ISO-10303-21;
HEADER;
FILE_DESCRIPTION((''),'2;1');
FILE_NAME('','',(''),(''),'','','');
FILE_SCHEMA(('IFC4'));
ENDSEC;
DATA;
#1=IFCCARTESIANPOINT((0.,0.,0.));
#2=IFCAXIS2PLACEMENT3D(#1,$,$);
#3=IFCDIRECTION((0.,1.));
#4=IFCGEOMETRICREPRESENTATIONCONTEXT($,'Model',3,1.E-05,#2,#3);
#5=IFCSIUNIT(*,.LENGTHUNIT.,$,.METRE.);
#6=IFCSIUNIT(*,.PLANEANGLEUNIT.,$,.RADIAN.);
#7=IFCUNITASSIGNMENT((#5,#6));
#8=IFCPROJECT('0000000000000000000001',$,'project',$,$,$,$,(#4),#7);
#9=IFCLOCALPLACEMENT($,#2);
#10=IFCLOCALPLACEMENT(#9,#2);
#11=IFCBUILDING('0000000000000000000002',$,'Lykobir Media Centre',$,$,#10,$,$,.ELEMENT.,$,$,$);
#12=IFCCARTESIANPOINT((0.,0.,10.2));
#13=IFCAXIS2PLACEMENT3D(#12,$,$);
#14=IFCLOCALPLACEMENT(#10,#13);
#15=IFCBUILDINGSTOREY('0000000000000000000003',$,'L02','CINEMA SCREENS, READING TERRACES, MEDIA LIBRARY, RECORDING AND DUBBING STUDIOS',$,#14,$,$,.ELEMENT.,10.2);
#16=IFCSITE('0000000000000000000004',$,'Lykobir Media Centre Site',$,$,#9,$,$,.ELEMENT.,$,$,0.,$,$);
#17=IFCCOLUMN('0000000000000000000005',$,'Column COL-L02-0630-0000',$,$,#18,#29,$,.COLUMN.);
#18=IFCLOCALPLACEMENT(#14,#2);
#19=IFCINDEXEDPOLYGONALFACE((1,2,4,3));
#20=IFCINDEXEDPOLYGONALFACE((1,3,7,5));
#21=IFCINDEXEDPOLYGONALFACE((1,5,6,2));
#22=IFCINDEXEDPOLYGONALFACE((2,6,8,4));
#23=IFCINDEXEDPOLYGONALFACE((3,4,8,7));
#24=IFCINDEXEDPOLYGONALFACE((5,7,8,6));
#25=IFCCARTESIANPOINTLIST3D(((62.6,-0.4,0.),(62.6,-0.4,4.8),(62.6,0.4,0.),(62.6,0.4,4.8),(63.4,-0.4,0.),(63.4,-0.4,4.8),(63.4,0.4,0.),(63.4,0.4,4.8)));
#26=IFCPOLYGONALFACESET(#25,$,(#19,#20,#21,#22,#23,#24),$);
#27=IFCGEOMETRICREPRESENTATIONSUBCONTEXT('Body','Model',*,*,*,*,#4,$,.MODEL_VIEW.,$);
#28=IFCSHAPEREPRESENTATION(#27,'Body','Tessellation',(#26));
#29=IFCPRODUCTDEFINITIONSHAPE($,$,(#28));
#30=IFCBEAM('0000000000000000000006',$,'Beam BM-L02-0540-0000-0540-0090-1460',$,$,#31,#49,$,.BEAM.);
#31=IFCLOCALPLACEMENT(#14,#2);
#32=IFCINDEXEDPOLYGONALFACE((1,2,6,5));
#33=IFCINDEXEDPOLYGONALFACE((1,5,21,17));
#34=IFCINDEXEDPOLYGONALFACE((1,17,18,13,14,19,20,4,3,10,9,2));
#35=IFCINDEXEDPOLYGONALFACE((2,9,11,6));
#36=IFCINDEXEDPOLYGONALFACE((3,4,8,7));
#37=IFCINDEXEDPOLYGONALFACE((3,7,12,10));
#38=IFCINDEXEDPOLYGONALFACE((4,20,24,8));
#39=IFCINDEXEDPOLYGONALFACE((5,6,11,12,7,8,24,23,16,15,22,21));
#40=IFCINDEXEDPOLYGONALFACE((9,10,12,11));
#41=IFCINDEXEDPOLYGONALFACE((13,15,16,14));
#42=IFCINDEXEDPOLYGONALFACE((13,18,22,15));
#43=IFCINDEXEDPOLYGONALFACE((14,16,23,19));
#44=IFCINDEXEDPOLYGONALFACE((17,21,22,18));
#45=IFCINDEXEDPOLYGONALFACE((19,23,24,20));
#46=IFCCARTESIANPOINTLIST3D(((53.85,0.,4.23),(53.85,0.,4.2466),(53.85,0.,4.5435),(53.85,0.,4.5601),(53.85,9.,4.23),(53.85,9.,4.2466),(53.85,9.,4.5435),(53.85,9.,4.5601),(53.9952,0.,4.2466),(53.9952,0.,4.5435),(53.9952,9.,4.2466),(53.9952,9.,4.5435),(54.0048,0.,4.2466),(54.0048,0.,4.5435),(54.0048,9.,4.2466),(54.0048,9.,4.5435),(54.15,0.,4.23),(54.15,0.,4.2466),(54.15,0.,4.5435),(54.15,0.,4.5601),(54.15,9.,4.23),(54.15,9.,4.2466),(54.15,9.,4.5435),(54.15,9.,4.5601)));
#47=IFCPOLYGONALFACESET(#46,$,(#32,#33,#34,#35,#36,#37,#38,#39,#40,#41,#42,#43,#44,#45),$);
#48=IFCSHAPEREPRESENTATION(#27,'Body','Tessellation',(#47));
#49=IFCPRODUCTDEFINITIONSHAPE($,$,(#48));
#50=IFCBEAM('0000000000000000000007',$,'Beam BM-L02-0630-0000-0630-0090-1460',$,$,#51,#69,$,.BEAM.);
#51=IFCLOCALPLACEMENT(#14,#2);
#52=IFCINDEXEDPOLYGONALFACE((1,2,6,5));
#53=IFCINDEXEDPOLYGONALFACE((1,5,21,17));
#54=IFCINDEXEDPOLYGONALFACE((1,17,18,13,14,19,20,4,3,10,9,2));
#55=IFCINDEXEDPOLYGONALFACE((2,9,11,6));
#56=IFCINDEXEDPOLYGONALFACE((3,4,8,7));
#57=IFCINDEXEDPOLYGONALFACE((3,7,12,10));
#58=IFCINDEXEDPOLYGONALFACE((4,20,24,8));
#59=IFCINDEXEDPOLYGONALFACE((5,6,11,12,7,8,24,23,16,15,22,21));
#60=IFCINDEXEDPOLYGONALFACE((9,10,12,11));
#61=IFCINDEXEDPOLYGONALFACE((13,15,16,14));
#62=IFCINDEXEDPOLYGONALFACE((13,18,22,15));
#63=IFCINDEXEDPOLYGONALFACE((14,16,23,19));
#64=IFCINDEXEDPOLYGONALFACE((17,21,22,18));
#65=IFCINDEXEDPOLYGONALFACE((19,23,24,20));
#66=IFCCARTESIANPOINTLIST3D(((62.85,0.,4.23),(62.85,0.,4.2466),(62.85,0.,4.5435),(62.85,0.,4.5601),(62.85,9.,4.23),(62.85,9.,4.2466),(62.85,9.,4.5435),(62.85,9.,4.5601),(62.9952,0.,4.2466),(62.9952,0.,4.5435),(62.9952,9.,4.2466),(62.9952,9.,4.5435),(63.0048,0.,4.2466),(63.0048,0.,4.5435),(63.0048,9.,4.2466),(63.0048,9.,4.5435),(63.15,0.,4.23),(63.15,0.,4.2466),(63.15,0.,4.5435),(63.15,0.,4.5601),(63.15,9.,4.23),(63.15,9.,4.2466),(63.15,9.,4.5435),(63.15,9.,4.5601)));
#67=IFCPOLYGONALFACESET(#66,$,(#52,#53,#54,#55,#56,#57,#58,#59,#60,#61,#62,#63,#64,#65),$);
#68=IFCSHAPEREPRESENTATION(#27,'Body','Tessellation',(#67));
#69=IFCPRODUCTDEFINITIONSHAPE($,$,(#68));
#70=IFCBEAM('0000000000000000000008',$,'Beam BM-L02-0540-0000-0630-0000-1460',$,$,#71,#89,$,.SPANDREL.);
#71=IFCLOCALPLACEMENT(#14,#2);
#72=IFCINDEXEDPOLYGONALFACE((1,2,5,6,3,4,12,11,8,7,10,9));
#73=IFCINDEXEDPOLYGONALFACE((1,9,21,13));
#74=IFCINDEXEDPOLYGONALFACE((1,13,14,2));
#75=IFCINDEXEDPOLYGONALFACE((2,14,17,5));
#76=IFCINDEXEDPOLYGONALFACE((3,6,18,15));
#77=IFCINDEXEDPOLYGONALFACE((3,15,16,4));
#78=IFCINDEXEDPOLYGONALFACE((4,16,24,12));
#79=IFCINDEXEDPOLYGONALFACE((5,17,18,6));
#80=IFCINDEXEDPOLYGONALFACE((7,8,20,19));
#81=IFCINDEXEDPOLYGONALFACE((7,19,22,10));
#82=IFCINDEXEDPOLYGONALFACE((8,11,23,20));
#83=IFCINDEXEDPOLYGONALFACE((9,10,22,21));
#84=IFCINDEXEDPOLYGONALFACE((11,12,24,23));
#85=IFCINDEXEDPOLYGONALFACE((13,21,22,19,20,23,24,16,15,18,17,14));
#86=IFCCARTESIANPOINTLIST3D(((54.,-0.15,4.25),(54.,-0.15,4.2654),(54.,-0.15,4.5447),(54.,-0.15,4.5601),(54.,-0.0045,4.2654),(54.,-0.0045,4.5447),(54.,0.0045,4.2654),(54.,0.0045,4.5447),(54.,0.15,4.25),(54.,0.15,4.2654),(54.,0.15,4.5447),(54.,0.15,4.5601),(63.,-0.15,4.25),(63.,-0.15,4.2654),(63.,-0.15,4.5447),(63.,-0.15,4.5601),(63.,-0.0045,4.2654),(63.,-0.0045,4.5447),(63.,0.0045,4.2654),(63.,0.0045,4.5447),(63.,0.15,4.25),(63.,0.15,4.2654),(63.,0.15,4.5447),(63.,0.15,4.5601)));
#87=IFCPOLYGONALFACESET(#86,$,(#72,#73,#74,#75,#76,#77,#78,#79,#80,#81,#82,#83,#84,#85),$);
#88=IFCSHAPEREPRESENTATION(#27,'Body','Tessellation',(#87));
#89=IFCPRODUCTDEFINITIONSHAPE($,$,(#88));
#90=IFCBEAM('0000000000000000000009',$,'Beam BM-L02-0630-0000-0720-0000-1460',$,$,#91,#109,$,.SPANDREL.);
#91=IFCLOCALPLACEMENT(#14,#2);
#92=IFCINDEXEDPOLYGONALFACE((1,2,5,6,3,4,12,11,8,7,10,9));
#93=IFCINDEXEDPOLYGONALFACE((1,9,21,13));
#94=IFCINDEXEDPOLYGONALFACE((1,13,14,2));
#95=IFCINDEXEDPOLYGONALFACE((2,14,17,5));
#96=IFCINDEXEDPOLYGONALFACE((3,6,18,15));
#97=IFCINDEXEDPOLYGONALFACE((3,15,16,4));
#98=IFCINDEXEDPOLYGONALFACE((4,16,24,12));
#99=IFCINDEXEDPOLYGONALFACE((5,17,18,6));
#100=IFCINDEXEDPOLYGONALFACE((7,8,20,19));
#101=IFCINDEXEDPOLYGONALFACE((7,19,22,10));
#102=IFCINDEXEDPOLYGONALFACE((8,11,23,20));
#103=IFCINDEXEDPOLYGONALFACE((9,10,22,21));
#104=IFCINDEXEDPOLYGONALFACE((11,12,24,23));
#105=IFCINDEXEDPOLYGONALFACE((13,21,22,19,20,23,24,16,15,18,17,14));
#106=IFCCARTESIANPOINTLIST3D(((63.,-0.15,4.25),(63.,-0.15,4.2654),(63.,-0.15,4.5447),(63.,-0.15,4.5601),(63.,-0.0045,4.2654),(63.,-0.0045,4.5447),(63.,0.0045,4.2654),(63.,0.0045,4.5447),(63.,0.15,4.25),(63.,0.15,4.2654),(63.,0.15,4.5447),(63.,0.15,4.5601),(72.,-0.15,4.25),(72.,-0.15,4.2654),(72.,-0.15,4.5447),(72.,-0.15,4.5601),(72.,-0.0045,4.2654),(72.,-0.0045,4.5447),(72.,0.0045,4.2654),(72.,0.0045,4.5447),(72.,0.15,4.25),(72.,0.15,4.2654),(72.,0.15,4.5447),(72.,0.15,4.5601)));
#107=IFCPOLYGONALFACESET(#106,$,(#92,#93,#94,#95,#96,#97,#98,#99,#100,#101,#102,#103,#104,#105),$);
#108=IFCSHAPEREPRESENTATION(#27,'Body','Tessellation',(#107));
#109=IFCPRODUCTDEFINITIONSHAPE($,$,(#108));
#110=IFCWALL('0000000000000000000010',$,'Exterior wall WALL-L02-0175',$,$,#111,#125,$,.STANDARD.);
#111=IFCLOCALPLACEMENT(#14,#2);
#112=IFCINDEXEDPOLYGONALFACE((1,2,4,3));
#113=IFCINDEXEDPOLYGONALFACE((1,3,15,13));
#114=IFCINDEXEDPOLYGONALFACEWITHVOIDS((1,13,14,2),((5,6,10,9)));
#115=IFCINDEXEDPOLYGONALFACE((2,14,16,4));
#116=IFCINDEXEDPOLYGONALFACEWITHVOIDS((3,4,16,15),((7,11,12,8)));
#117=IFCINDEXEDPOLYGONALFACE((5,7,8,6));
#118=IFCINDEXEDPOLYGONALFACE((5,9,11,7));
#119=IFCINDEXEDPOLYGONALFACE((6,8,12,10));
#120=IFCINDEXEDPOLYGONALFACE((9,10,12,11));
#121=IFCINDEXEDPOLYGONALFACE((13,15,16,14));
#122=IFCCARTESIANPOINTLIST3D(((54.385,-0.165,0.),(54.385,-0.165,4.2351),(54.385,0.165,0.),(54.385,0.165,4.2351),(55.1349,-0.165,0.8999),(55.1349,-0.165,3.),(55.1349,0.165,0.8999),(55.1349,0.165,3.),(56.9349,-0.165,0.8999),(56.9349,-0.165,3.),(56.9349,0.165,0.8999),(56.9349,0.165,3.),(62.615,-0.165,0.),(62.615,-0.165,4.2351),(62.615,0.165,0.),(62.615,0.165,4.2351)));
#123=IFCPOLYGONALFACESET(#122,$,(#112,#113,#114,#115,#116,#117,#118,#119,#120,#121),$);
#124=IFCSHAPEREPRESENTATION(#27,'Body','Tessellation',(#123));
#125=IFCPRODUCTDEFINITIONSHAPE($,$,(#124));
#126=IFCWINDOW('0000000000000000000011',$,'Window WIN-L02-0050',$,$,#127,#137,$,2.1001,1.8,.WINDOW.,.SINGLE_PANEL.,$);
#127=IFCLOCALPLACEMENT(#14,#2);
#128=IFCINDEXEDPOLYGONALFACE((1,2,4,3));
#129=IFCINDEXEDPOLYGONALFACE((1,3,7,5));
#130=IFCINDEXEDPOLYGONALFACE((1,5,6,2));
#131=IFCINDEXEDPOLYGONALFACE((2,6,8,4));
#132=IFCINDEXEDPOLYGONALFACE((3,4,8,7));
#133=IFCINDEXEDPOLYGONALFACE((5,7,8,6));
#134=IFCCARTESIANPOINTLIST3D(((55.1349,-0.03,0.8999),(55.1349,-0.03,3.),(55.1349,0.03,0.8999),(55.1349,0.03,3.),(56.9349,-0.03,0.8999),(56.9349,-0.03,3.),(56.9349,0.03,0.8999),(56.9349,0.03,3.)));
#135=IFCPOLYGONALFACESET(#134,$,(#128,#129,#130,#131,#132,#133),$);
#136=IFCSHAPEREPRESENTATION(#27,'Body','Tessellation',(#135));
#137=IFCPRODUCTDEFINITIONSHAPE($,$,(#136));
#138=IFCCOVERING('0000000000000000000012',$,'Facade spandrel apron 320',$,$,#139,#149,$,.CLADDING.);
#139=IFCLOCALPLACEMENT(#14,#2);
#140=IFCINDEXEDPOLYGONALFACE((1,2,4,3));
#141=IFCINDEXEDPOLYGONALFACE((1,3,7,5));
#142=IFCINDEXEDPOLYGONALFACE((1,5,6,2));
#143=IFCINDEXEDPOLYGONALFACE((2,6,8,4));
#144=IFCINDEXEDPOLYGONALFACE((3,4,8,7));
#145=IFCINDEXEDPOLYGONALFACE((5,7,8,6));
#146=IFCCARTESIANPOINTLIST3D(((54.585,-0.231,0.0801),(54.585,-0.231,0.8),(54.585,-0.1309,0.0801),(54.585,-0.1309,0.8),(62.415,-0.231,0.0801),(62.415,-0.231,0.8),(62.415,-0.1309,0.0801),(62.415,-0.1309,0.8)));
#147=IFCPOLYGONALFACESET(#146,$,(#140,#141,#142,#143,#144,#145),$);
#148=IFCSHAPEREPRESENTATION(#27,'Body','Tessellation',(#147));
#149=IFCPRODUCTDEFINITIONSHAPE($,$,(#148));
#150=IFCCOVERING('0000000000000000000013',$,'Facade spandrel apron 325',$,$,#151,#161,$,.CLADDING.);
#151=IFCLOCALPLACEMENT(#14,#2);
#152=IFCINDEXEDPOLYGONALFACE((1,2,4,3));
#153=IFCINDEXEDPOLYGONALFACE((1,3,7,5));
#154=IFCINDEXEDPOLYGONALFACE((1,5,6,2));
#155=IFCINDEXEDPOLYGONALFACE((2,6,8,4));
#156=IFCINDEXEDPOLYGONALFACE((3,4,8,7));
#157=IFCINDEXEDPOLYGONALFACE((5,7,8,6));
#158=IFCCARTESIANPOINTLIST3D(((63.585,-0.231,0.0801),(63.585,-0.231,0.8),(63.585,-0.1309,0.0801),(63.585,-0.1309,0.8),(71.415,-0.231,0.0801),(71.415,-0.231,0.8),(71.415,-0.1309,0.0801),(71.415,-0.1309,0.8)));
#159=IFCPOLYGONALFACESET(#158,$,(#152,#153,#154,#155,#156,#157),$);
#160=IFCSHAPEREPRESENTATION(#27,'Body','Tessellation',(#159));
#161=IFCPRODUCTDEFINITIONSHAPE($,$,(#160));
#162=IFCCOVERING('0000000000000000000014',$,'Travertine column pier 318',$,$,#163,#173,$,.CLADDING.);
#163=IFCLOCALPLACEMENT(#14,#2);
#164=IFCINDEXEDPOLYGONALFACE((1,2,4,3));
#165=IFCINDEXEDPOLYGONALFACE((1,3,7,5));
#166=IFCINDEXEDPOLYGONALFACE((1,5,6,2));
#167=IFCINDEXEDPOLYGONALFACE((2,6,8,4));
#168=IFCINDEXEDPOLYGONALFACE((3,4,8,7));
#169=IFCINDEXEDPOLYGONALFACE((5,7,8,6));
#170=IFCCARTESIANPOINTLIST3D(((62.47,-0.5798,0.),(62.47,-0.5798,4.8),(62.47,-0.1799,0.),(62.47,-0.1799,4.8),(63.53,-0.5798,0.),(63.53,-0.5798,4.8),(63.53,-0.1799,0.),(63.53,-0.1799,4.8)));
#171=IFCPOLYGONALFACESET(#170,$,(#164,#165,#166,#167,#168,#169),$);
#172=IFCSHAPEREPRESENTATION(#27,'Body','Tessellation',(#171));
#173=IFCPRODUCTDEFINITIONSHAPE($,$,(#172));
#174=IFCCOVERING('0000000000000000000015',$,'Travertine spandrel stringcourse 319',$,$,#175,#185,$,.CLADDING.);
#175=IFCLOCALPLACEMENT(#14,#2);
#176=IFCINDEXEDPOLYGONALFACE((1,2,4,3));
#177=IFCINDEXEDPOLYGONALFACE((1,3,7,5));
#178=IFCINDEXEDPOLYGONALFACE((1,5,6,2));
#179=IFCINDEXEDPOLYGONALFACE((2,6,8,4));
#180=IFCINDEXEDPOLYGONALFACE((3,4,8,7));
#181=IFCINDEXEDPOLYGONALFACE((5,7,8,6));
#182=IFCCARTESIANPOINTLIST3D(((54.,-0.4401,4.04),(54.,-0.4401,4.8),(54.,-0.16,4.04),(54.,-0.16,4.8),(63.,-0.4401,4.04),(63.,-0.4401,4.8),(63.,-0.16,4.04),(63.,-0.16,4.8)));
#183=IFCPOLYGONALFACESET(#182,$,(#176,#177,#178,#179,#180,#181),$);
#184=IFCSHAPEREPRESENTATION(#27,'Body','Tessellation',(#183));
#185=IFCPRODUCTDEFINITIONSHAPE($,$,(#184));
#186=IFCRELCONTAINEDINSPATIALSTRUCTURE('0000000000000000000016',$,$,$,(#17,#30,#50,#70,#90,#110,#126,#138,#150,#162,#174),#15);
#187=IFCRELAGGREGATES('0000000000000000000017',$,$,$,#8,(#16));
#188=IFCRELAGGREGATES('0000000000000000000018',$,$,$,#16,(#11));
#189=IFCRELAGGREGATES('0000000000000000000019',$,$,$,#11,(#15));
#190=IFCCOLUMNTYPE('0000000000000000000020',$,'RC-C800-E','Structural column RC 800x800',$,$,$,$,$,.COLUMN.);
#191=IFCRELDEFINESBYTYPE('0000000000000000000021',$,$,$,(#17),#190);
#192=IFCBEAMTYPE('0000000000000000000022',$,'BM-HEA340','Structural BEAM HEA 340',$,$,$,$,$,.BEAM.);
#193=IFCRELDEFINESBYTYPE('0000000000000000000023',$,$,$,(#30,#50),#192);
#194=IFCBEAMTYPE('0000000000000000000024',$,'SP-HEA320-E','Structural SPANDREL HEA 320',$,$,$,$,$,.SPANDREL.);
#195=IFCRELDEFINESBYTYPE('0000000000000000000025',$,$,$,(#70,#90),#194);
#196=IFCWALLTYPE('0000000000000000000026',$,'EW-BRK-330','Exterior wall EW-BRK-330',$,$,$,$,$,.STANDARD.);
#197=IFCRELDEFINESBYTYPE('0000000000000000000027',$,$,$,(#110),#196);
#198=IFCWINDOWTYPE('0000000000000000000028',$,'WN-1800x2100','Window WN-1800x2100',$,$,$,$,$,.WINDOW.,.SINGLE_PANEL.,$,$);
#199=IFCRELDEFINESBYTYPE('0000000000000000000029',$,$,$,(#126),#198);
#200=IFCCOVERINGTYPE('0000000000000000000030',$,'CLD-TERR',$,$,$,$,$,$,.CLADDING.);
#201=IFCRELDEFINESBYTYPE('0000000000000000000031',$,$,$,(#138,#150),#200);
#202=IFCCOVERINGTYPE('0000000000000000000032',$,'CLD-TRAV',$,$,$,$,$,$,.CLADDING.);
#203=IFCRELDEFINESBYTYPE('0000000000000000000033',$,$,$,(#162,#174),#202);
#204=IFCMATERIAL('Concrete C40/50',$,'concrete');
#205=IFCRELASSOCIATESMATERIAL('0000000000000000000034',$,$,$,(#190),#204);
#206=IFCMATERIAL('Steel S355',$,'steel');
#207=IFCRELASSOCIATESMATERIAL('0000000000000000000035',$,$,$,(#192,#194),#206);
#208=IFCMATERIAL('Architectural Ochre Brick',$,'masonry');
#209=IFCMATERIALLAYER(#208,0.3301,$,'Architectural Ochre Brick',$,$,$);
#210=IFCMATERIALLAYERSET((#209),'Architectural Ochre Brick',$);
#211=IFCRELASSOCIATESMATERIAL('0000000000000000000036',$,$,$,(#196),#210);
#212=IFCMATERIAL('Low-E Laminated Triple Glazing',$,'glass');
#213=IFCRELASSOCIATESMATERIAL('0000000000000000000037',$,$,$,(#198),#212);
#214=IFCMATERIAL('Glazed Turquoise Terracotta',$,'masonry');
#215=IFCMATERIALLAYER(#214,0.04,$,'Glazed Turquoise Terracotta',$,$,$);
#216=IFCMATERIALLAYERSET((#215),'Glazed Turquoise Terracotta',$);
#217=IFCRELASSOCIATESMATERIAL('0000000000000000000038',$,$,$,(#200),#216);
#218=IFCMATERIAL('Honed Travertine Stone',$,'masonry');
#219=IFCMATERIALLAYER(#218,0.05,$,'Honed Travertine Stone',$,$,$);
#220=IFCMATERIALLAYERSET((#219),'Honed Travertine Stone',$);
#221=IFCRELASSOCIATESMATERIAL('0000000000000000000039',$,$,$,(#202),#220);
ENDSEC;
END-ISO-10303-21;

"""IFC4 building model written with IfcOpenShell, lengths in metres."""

from ifc_helpers import new_model, si_unit, direction, frame, frame_2d, origin, origin_2d, place, context, subcontext, project, spatial, rectangle, i_section, extrude, material, layer, layer_set, material_profile, profile_set, type_object, element, fill, save


model = new_model("IFC4")

# Units and contexts
model_context = context("Model", 3, precision=1e-05, world=origin(), true_north=direction((0.0, 1.0)))
body_context = subcontext(model_context, "Body", "Model", "MODEL_VIEW")
ifc_project = project(units=[si_unit("LENGTHUNIT", "METRE"), si_unit("PLANEANGLEUNIT", "RADIAN")], contexts=[model_context])

# Site, building, storey
site_placement = place(None, origin())
site = spatial("IfcSite", under=ifc_project, at=site_placement, Name="Lykobir Media Centre Site", CompositionType="ELEMENT", RefElevation=0.0)
building_placement = place(site_placement, origin())
building = spatial("IfcBuilding", under=site, at=building_placement, Name="Lykobir Media Centre", CompositionType="ELEMENT")
storey_placement = place(building_placement, frame((0.0, 0.0, 10.2)))
storey = spatial("IfcBuildingStorey", under=building, at=storey_placement, Name="L02", Description="CINEMA SCREENS, READING TERRACES, MEDIA LIBRARY, RECORDING AND DUBBING STUDIOS", CompositionType="ELEMENT", Elevation=10.2)

# Column
ifc_material_1 = material(Name="Concrete C40/50", Category="concrete")
ifc_material_profile_1 = material_profile(ifc_material_1, rectangle(XDim=0.8, YDim=0.8, at=origin_2d()), Name="RC 800x800")
ifc_profile_set_1 = profile_set([ifc_material_profile_1], Name="Concrete C40/50")
column_type = type_object("IfcColumnType", Name="RC-C800-E", Description="Structural column RC 800x800", PredefinedType="COLUMN", material=ifc_profile_set_1)
column_placement = place(storey_placement, frame((63.0, 0.0, 0.0), z_axis=(0.0, 0.0, 1.0), x_axis=(1.0, 0.0, 0.0)))
element("IfcColumn", 1, at=column_placement, inside=storey, type_object=column_type, Name="Column COL-L02-0630-0000", PredefinedType="COLUMN", context=body_context, shape_type="SweptSolid", body=[
    extrude(rectangle(XDim=0.8, YDim=0.8, at=origin_2d()), origin(), (0.0, 0.0, 1.0), 4.8),
])

# Beams
ifc_material_2 = material(Name="Steel S355", Category="steel")
ifc_material_profile_2 = material_profile(ifc_material_2, i_section(OverallWidth=0.3, OverallDepth=0.3301, WebThickness=0.0095, FlangeThickness=0.0166, at=origin_2d()), Name="HEA 340")
ifc_profile_set_2 = profile_set([ifc_material_profile_2], Name="Steel S355")
beam_type_1 = type_object("IfcBeamType", Name="BM-HEA340", Description="Structural BEAM HEA 340", PredefinedType="BEAM", material=ifc_profile_set_2)
for number, where, z_axis, x_axis, name in (
    (2, (54.0, 0.0, 4.395), (0.0, 1.0, 0.0), (-1.0, 0.0, 0.0), "Beam BM-L02-0540-0000-0540-0090-1460"),
    (3, (63.0, 0.0, 4.395), (0.0, 1.0, 0.0), (-1.0, 0.0, 0.0), "Beam BM-L02-0630-0000-0630-0090-1460"),
):
    element("IfcBeam", number, at=place(storey_placement, frame(where, z_axis=z_axis, x_axis=x_axis)), inside=storey, type_object=beam_type_1, Name=name, PredefinedType="BEAM", context=body_context, shape_type="SweptSolid", body=[
        extrude(i_section(OverallWidth=0.3, OverallDepth=0.3301, WebThickness=0.0095, FlangeThickness=0.0166, at=origin_2d()), origin(), (0.0, 0.0, 1.0), 9.0),
    ])
ifc_material_profile_3 = material_profile(ifc_material_2, i_section(OverallWidth=0.3, OverallDepth=0.3101, WebThickness=0.009, FlangeThickness=0.0154, at=origin_2d()), Name="HEA 320")
ifc_profile_set_3 = profile_set([ifc_material_profile_3], Name="Steel S355")
beam_type_2 = type_object("IfcBeamType", Name="SP-HEA320-E", Description="Structural SPANDREL HEA 320", PredefinedType="SPANDREL", material=ifc_profile_set_3)
for number, where, z_axis, x_axis, name in (
    (4, (54.0, 0.0, 4.405), (1.0, 0.0, 0.0), (0.0, 1.0, 0.0), "Beam BM-L02-0540-0000-0630-0000-1460"),
    (5, (63.0, 0.0, 4.405), (1.0, 0.0, 0.0), (0.0, 1.0, 0.0), "Beam BM-L02-0630-0000-0720-0000-1460"),
):
    element("IfcBeam", number, at=place(storey_placement, frame(where, z_axis=z_axis, x_axis=x_axis)), inside=storey, type_object=beam_type_2, Name=name, PredefinedType="SPANDREL", context=body_context, shape_type="SweptSolid", body=[
        extrude(i_section(OverallWidth=0.3, OverallDepth=0.3101, WebThickness=0.009, FlangeThickness=0.0154, at=origin_2d()), origin(), (0.0, 0.0, 1.0), 9.0),
    ])

# Wall, opening, window
ifc_material_3 = material(Name="Architectural Ochre Brick", Category="masonry")
ifc_layer_1 = layer(ifc_material_3, 0.3301, Name="Architectural Ochre Brick")
ifc_layer_set_1 = layer_set([ifc_layer_1], Name="Architectural Ochre Brick")
wall_type = type_object("IfcWallType", Name="EW-BRK-330", Description="Exterior wall EW-BRK-330", PredefinedType="STANDARD", material=ifc_layer_set_1)
wall_placement = place(storey_placement, frame((54.385, 0.0, 0.0), z_axis=(0.0, 0.0, 1.0), x_axis=(1.0, 0.0, 0.0)))
wall = element("IfcWall", 6, at=wall_placement, inside=storey, type_object=wall_type, Name="Exterior wall WALL-L02-0175", PredefinedType="STANDARD", context=body_context, shape_type="SweptSolid", body=[
    extrude(rectangle(XDim=8.23, YDim=0.3301, at=frame_2d((4.115, 0.0))), origin(), (0.0, 0.0, 1.0), 4.2351),
])
opening_placement = place(wall_placement, frame((0.75, 0.0, 0.8999)))
opening = element("IfcOpeningElement", 7, at=opening_placement, cuts=wall, PredefinedType="OPENING", context=body_context, shape_type="SweptSolid", body=[
    extrude(rectangle(XDim=1.8, YDim=2.1001, at=frame_2d((0.8999, 1.05))), frame((0.0, 0.175, 0.0), z_axis=(0.0, -1.0, 0.0), x_axis=(1.0, 0.0, 0.0)), (0.0, 0.0, 1.0), 0.3501),
])
ifc_material_4 = material(Name="Low-E Laminated Triple Glazing", Category="glass")
window_type = type_object("IfcWindowType", Name="WN-1800x2100", Description="Window WN-1800x2100", PartitioningType="SINGLE_PANEL", PredefinedType="WINDOW", material=ifc_material_4)
window_placement = place(opening_placement, origin())
window = element("IfcWindow", 8, at=window_placement, inside=storey, type_object=window_type, Name="Window WIN-L02-0050", OverallHeight=2.1001, OverallWidth=1.8, PartitioningType="SINGLE_PANEL", PredefinedType="WINDOW", context=body_context, shape_type="SweptSolid", body=[
    extrude(rectangle(XDim=1.8, YDim=2.1001, at=frame_2d((0.8999, 1.05))), frame((0.0, 0.03, 0.0), z_axis=(0.0, -1.0, 0.0), x_axis=(1.0, 0.0, 0.0)), (0.0, 0.0, 1.0), 0.0601),
])
fill(opening, window)

# Coverings
ifc_material_5 = material(Name="Glazed Turquoise Terracotta", Category="masonry")
ifc_layer_2 = layer(ifc_material_5, 0.04, Name="Glazed Turquoise Terracotta")
ifc_layer_set_2 = layer_set([ifc_layer_2], Name="Glazed Turquoise Terracotta")
covering_type_1 = type_object("IfcCoveringType", Name="CLD-TERR", PredefinedType="CLADDING", material=ifc_layer_set_2)
for number, where, z_axis, x_axis, name in (
    (9, (58.5, -0.1809, 0.0801), (0.0, 0.0, 1.0), (1.0, 0.0, 0.0), "Facade spandrel apron 320"),
    (10, (67.5, -0.1809, 0.0801), (0.0, 0.0, 1.0), (1.0, 0.0, 0.0), "Facade spandrel apron 325"),
):
    element("IfcCovering", number, at=place(storey_placement, frame(where, z_axis=z_axis, x_axis=x_axis)), inside=storey, type_object=covering_type_1, Name=name, PredefinedType="CLADDING", context=body_context, shape_type="SweptSolid", body=[
        extrude(rectangle(XDim=7.8301, YDim=0.1001, at=origin_2d()), origin(), (0.0, 0.0, 1.0), 0.72),
    ])
ifc_material_6 = material(Name="Honed Travertine Stone", Category="masonry")
ifc_layer_3 = layer(ifc_material_6, 0.05, Name="Honed Travertine Stone")
ifc_layer_set_3 = layer_set([ifc_layer_3], Name="Honed Travertine Stone")
covering_type_2 = type_object("IfcCoveringType", Name="CLD-TRAV", PredefinedType="CLADDING", material=ifc_layer_set_3)
covering_1_placement = place(storey_placement, frame((63.0, -0.3799, 0.0), z_axis=(0.0, 0.0, 1.0), x_axis=(1.0, 0.0, 0.0)))
element("IfcCovering", 11, at=covering_1_placement, inside=storey, type_object=covering_type_2, Name="Travertine column pier 318", PredefinedType="CLADDING", context=body_context, shape_type="SweptSolid", body=[
    extrude(rectangle(XDim=1.0601, YDim=0.3999, at=origin_2d()), origin(), (0.0, 0.0, 1.0), 4.8),
])
covering_2_placement = place(storey_placement, frame((58.5, -0.3, 4.04), z_axis=(0.0, 0.0, 1.0), x_axis=(1.0, 0.0, 0.0)))
element("IfcCovering", 12, at=covering_2_placement, inside=storey, type_object=covering_type_2, Name="Travertine spandrel stringcourse 319", PredefinedType="CLADDING", context=body_context, shape_type="SweptSolid", body=[
    extrude(rectangle(XDim=9.0, YDim=0.28, at=origin_2d()), origin(), (0.0, 0.0, 1.0), 0.76),
])

save(model, "model.ifc")
